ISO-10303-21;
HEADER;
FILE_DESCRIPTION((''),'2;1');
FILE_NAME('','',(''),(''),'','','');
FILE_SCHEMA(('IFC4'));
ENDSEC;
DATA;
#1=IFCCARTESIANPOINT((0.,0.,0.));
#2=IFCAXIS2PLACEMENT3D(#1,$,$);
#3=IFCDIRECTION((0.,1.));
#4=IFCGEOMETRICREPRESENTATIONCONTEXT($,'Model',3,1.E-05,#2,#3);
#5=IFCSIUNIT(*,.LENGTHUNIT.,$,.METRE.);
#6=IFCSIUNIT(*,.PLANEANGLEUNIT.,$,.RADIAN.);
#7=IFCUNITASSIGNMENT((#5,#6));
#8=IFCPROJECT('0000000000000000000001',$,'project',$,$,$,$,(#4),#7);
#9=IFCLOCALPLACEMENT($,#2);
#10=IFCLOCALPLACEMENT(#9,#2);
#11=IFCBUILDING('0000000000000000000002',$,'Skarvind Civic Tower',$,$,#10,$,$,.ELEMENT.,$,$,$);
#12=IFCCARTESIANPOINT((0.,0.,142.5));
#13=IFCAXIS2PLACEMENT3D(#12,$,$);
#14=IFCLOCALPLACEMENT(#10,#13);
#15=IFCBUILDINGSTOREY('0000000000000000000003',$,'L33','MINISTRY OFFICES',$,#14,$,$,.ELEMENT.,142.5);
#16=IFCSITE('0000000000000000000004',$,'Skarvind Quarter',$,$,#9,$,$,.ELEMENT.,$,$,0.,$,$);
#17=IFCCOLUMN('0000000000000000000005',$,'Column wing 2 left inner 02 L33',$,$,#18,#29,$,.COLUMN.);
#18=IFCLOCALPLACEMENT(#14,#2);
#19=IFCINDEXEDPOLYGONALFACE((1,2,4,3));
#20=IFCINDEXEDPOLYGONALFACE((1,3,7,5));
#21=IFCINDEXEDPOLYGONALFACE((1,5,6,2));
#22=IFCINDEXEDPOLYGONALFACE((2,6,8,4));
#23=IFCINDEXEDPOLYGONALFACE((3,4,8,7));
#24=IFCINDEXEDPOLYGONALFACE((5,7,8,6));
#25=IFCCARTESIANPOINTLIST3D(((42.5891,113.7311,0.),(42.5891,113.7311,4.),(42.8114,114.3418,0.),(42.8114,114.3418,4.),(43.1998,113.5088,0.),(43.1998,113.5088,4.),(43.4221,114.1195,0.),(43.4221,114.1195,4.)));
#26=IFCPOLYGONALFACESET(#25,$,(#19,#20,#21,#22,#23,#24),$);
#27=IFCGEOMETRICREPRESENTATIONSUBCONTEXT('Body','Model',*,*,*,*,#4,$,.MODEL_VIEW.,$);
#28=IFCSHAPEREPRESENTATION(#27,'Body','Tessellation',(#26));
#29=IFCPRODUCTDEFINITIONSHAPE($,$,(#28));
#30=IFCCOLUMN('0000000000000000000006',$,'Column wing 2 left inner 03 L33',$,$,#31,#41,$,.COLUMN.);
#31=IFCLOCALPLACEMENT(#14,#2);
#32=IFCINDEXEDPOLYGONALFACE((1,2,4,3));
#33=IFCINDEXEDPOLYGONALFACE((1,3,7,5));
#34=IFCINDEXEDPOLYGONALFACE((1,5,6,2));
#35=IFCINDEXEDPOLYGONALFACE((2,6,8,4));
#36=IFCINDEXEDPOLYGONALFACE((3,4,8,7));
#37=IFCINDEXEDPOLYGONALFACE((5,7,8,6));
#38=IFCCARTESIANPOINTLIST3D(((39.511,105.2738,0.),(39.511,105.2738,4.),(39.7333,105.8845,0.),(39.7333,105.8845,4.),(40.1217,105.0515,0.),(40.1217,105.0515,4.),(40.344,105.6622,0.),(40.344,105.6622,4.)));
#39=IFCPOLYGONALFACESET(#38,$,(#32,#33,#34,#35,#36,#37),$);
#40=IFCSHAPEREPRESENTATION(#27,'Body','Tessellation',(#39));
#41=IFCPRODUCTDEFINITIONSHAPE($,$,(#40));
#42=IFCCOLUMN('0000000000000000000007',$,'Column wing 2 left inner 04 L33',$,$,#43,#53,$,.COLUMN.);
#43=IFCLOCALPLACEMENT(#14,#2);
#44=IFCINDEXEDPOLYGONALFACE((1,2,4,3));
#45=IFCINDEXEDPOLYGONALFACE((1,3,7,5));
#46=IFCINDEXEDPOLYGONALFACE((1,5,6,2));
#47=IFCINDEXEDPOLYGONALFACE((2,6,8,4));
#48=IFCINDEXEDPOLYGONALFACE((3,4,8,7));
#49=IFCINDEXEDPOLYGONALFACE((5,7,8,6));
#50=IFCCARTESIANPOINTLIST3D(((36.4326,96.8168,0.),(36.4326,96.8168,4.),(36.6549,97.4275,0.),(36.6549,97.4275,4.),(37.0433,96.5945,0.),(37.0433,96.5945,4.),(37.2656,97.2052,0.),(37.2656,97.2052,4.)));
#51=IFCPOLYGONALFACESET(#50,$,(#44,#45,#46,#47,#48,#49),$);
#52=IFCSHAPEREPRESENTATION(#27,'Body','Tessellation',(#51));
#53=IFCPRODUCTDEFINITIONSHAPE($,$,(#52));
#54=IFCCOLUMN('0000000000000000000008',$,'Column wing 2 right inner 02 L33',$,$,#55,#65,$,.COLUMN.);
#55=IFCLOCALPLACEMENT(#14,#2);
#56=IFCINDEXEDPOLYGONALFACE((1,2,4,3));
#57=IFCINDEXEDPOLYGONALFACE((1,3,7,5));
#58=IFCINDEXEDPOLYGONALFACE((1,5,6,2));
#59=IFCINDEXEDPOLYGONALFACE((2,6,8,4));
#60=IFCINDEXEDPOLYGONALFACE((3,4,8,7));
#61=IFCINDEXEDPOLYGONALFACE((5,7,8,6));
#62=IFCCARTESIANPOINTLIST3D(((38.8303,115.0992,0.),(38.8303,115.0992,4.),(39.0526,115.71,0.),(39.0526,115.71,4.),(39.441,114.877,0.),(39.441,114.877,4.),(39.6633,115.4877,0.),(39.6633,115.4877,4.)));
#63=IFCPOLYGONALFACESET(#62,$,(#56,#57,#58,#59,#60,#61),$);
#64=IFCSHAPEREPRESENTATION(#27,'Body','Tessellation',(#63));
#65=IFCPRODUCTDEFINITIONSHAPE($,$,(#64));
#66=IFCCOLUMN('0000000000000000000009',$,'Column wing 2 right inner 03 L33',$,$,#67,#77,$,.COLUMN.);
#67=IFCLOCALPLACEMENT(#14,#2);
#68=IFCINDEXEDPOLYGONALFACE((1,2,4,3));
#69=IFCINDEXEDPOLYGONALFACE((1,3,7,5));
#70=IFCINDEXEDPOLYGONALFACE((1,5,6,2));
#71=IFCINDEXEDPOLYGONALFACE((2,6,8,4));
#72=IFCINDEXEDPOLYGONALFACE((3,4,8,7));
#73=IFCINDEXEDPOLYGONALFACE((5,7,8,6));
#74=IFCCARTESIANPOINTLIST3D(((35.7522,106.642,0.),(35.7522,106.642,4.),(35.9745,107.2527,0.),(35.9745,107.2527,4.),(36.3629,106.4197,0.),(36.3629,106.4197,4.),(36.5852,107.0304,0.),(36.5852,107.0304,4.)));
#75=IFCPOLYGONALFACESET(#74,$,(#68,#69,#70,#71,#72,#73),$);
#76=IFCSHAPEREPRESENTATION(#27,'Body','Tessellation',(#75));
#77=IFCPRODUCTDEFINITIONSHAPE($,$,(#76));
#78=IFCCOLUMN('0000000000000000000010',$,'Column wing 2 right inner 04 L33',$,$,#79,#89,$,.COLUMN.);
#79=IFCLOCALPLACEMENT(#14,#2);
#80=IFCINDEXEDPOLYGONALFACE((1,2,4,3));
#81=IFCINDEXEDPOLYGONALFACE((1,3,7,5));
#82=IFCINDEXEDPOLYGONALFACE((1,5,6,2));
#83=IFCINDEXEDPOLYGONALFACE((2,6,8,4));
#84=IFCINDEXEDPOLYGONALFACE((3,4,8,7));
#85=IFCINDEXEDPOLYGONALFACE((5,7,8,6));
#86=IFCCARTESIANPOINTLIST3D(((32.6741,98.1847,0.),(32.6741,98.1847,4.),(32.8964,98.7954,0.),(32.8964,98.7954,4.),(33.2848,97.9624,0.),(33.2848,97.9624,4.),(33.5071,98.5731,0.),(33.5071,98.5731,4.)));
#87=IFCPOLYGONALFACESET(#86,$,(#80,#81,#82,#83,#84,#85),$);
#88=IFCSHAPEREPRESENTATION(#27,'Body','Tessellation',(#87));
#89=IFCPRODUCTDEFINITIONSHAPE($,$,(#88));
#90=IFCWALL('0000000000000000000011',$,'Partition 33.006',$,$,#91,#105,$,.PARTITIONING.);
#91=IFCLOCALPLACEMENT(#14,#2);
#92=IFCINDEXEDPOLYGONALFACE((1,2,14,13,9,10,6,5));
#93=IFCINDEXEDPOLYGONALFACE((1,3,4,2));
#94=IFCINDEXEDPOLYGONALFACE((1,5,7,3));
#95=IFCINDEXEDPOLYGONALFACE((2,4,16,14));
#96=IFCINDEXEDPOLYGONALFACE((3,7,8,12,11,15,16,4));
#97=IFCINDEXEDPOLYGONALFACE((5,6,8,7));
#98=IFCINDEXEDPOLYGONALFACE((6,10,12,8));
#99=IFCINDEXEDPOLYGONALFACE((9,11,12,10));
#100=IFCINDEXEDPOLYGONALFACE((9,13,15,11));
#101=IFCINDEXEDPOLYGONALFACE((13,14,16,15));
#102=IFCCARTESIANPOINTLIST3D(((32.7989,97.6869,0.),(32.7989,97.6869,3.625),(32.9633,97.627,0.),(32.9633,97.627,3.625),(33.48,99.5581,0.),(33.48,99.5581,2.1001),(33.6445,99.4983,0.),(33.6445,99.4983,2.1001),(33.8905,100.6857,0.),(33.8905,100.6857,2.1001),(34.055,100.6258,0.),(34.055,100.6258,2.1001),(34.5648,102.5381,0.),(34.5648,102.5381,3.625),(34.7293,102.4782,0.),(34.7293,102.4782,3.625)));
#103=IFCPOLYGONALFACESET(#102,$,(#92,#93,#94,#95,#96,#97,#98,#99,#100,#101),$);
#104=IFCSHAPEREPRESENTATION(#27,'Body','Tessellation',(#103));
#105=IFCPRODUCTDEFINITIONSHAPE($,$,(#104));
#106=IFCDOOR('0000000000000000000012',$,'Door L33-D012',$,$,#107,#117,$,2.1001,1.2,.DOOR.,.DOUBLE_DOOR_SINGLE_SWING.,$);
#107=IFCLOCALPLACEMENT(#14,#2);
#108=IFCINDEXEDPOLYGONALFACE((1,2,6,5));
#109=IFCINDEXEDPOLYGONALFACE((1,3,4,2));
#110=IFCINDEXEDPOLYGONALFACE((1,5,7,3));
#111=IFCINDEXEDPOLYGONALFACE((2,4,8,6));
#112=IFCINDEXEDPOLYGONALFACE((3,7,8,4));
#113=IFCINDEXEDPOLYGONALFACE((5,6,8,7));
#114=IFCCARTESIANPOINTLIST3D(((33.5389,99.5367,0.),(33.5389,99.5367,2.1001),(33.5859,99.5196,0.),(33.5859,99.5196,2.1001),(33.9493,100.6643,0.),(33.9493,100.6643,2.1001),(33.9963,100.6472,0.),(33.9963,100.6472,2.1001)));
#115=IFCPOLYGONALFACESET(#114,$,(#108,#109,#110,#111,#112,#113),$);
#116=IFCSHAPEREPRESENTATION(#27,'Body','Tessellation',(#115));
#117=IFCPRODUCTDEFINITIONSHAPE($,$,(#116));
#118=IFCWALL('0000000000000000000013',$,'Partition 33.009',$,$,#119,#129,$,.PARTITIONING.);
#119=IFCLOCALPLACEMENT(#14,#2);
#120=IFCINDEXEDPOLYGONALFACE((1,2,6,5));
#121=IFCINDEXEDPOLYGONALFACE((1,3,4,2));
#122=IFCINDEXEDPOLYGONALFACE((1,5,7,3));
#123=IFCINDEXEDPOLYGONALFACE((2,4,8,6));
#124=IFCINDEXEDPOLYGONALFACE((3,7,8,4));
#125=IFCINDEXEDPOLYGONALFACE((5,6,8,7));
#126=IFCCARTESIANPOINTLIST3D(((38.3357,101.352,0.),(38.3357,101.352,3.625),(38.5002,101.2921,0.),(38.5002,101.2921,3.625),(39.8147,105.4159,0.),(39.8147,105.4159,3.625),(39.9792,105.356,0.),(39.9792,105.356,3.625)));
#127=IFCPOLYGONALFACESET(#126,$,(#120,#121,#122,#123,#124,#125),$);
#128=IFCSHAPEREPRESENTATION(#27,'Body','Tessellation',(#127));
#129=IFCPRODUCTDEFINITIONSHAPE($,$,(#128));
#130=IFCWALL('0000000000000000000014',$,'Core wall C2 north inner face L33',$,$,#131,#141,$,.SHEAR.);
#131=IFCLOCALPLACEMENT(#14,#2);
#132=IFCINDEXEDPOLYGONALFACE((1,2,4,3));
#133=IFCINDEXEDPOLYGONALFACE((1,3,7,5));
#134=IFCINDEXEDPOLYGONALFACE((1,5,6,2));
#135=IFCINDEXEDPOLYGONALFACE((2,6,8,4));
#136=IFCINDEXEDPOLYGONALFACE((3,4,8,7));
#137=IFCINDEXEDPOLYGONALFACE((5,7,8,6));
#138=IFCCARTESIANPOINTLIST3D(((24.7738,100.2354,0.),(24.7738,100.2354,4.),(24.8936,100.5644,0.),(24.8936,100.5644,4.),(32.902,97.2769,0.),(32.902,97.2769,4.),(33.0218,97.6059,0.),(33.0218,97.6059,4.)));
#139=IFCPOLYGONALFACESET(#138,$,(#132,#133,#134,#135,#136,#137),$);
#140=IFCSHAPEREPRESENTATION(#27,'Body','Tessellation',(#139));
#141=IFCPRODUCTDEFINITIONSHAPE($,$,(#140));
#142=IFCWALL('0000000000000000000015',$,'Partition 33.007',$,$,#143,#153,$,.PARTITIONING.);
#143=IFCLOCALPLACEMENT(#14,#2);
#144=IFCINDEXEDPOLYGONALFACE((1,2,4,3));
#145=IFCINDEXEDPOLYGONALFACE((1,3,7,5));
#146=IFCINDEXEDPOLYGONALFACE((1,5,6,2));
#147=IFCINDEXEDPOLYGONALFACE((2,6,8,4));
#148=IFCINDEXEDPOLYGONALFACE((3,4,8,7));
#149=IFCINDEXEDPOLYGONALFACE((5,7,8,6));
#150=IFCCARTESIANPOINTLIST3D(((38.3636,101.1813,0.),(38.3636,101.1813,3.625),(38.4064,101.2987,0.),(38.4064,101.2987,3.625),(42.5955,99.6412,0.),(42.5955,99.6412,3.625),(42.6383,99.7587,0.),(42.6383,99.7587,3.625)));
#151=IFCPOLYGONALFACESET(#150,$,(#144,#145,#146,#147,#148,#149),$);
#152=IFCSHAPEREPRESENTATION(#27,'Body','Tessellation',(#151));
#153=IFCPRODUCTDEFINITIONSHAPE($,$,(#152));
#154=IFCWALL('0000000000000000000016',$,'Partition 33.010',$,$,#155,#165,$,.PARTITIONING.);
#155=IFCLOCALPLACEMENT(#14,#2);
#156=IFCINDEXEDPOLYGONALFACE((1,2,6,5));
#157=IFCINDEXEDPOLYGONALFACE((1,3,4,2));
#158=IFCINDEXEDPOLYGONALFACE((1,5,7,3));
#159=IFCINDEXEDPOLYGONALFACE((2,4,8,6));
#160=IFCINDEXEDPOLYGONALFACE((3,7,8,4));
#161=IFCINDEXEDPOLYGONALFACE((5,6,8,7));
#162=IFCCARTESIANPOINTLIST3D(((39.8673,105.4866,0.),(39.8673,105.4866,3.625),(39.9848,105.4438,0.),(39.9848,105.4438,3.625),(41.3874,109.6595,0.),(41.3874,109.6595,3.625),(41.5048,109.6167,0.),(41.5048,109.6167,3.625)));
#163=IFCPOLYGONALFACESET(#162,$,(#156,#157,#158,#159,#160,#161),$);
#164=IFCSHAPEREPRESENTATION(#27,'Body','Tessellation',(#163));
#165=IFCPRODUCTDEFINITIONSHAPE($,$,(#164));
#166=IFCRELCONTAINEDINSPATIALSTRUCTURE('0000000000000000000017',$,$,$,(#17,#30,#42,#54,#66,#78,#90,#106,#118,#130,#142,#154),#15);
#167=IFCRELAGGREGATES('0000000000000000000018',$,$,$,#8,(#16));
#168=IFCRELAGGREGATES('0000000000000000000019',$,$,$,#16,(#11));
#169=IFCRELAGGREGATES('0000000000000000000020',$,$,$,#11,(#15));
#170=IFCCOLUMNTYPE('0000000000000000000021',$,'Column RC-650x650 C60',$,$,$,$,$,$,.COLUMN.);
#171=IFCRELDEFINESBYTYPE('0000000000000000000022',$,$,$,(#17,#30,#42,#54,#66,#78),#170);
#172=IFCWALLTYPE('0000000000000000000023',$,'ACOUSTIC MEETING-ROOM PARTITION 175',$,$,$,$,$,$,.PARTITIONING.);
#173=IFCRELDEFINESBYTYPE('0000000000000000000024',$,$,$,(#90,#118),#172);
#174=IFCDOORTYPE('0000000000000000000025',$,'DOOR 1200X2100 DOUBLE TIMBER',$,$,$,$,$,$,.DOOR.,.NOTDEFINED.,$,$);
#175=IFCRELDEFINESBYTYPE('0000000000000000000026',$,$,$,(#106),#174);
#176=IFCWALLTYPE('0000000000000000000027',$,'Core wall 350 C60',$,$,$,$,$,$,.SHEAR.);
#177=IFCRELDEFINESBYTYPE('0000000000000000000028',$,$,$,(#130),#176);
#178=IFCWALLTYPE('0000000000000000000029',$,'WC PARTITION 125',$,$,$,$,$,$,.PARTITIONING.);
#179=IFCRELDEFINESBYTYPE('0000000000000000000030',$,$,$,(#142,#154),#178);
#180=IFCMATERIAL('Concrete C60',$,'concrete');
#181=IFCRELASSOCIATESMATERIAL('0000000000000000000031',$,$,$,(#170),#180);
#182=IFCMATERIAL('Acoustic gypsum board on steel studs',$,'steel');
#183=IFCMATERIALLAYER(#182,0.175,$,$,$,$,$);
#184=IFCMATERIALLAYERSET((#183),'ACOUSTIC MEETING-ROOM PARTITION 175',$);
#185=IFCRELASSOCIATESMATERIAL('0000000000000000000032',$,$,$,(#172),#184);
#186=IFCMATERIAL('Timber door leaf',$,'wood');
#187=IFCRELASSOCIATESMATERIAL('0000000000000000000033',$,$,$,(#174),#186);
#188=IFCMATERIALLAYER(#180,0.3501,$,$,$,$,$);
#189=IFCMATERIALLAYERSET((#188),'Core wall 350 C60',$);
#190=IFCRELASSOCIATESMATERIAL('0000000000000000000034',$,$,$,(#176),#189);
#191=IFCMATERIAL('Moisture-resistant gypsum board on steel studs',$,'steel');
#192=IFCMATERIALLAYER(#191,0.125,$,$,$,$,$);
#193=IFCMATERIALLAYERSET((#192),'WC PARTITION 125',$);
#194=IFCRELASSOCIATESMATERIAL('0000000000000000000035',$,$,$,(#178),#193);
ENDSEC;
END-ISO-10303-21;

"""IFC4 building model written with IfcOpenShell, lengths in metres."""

from ifc_helpers import new_model, si_unit, direction, frame, frame_2d, origin, origin_2d, place, context, subcontext, project, spatial, rectangle, extrude, material, layer, layer_set, material_profile, profile_set, type_object, element, fill, save


model = new_model("IFC4")

# Units and contexts
model_context = context("Model", 3, precision=1e-05, world=origin(), true_north=direction((0.0, 1.0)))
body_context = subcontext(model_context, "Body", "Model", "MODEL_VIEW")
ifc_project = project(units=[si_unit("LENGTHUNIT", "METRE"), si_unit("PLANEANGLEUNIT", "RADIAN")], contexts=[model_context])

# Site, building, storey
site_placement = place(None, origin())
site = spatial("IfcSite", under=ifc_project, at=site_placement, Name="Skarvind Quarter", CompositionType="ELEMENT", RefElevation=0.0)
building_placement = place(site_placement, origin())
building = spatial("IfcBuilding", under=site, at=building_placement, Name="Skarvind Civic Tower", CompositionType="ELEMENT")
storey_placement = place(building_placement, frame((0.0, 0.0, 142.5)))
storey = spatial("IfcBuildingStorey", under=building, at=storey_placement, Name="L33", Description="MINISTRY OFFICES", CompositionType="ELEMENT", Elevation=142.5)

# Columns
ifc_material_1 = material(Name="Concrete C60", Category="concrete")
ifc_material_profile = material_profile(ifc_material_1, rectangle(XDim=0.6499, YDim=0.6499, at=origin_2d()), Name="RC-650x650")
ifc_profile_set = profile_set([ifc_material_profile], Name="Concrete C60")
column_type = type_object("IfcColumnType", Name="Column RC-650x650 C60", PredefinedType="COLUMN", material=ifc_profile_set)
for number, where, z_axis, x_axis, name in (
    (1, (43.0056, 113.9253, 0.0), (0.0, 0.0, 1.0), (-0.34202, -0.939693, 0.0), "Column wing 2 left inner 02 L33"),
    (2, (39.9275, 105.468, 0.0), (0.0, 0.0, 1.0), (-0.34202, -0.939693, 0.0), "Column wing 2 left inner 03 L33"),
    (3, (36.8491, 97.011, 0.0), (0.0, 0.0, 1.0), (-0.34202, -0.939693, 0.0), "Column wing 2 left inner 04 L33"),
    (4, (39.2468, 115.2935, 0.0), (0.0, 0.0, 1.0), (-0.34202, -0.939693, 0.0), "Column wing 2 right inner 02 L33"),
    (5, (36.1687, 106.8362, 0.0), (0.0, 0.0, 1.0), (-0.34202, -0.939693, 0.0), "Column wing 2 right inner 03 L33"),
    (6, (33.0906, 98.3789, 0.0), (0.0, 0.0, 1.0), (-0.34202, -0.939693, 0.0), "Column wing 2 right inner 04 L33"),
):
    element("IfcColumn", number, at=place(storey_placement, frame(where, z_axis=z_axis, x_axis=x_axis)), inside=storey, type_object=column_type, Name=name, PredefinedType="COLUMN", context=body_context, shape_type="SweptSolid", body=[
        extrude(rectangle(XDim=0.6499, YDim=0.6499, at=origin_2d()), origin(), (0.0, 0.0, 1.0), 4.0),
    ])

# Wall, opening, door
ifc_material_2 = material(Name="Acoustic gypsum board on steel studs", Category="steel")
ifc_layer_1 = layer(ifc_material_2, 0.175)
ifc_layer_set_1 = layer_set([ifc_layer_1], Name="ACOUSTIC MEETING-ROOM PARTITION 175")
wall_type_1 = type_object("IfcWallType", Name="ACOUSTIC MEETING-ROOM PARTITION 175", PredefinedType="PARTITIONING", material=ifc_layer_set_1)
wall_1_placement = place(storey_placement, frame((32.8811, 97.657, 0.0), z_axis=(0.0, 0.0, 1.0), x_axis=(0.342058, 0.939679, 0.0)))
wall_1 = element("IfcWall", 7, at=wall_1_placement, inside=storey, type_object=wall_type_1, Name="Partition 33.006", PredefinedType="PARTITIONING", context=body_context, shape_type="SweptSolid", body=[
    extrude(rectangle(XDim=5.1626, YDim=0.175, at=frame_2d((2.5813, 0.0))), origin(), (0.0, 0.0, 1.0), 3.625),
])
opening_1_placement = place(wall_1_placement, frame((1.9912, 0.0, 0.0)))
opening_1 = element("IfcOpeningElement", 8, at=opening_1_placement, cuts=wall_1, PredefinedType="OPENING", context=body_context, shape_type="SweptSolid", body=[
    extrude(rectangle(XDim=1.2, YDim=2.1001, at=frame_2d((0.6001, 1.05))), frame((0.0, 0.0974, 0.0), z_axis=(0.0, -1.0, 0.0), x_axis=(1.0, 0.0, 0.0)), (0.0, 0.0, 1.0), 0.1951),
])
ifc_material_3 = material(Name="Timber door leaf", Category="wood")
door_type_1 = type_object("IfcDoorType", Name="DOOR 1200X2100 DOUBLE TIMBER", OperationType="NOTDEFINED", PredefinedType="DOOR", material=ifc_material_3)
door_1_placement = place(opening_1_placement, origin())
door_1 = element("IfcDoor", 9, at=door_1_placement, inside=storey, type_object=door_type_1, Name="Door L33-D012", OperationType="DOUBLE_DOOR_SINGLE_SWING", OverallHeight=2.1001, OverallWidth=1.2, PredefinedType="DOOR", context=body_context, shape_type="SweptSolid", body=[
    extrude(rectangle(XDim=1.2, YDim=2.1001, at=frame_2d((0.6001, 1.05))), frame((0.0, 0.0249, 0.0), z_axis=(0.0, -1.0, 0.0), x_axis=(1.0, 0.0, 0.0)), (0.0, 0.0, 1.0), 0.05),
])
fill(opening_1, door_1)

# Walls
wall_2_placement = place(storey_placement, frame((38.418, 101.322, 0.0), z_axis=(0.0, 0.0, 1.0), x_axis=(0.341988, 0.939704, 0.0)))
element("IfcWall", 10, at=wall_2_placement, inside=storey, type_object=wall_type_1, Name="Partition 33.009", PredefinedType="PARTITIONING", context=body_context, shape_type="SweptSolid", body=[
    extrude(rectangle(XDim=4.3247, YDim=0.175, at=frame_2d((2.1624, 0.0))), origin(), (0.0, 0.0, 1.0), 3.625),
])
ifc_layer_2 = layer(ifc_material_1, 0.3501)
ifc_layer_set_2 = layer_set([ifc_layer_2], Name="Core wall 350 C60")
wall_type_2 = type_object("IfcWallType", Name="Core wall 350 C60", PredefinedType="SHEAR", material=ifc_layer_set_2)
wall_3_placement = place(storey_placement, frame((32.9619, 97.4414, 0.0), z_axis=(0.0, 0.0, 1.0), x_axis=(-0.93969, 0.342029, 0.0)))
element("IfcWall", 11, at=wall_3_placement, inside=storey, type_object=wall_type_2, Name="Core wall C2 north inner face L33", PredefinedType="SHEAR", context=body_context, shape_type="SweptSolid", body=[
    extrude(rectangle(XDim=8.6499, YDim=0.3501, at=frame_2d((4.325, 0.0))), origin(), (0.0, 0.0, 1.0), 4.0),
])
ifc_material_4 = material(Name="Moisture-resistant gypsum board on steel studs", Category="steel")
ifc_layer_3 = layer(ifc_material_4, 0.125)
ifc_layer_set_3 = layer_set([ifc_layer_3], Name="WC PARTITION 125")
wall_type_3 = type_object("IfcWallType", Name="WC PARTITION 125", PredefinedType="PARTITIONING", material=ifc_layer_set_3)
wall_4_placement = place(storey_placement, frame((38.385, 101.24, 0.0), z_axis=(0.0, 0.0, 1.0), x_axis=(0.939711, -0.341969, 0.0)))
element("IfcWall", 12, at=wall_4_placement, inside=storey, type_object=wall_type_3, Name="Partition 33.007", PredefinedType="PARTITIONING", context=body_context, shape_type="SweptSolid", body=[
    extrude(rectangle(XDim=4.5034, YDim=0.125, at=frame_2d((2.2517, 0.0))), origin(), (0.0, 0.0, 1.0), 3.625),
])
wall_5_placement = place(storey_placement, frame((39.926, 105.4651, 0.0), z_axis=(0.0, 0.0, 1.0), x_axis=(0.342264, 0.939604, 0.0)))
element("IfcWall", 13, at=wall_5_placement, inside=storey, type_object=wall_type_3, Name="Partition 33.010", PredefinedType="PARTITIONING", context=body_context, shape_type="SweptSolid", body=[
    extrude(rectangle(XDim=4.4412, YDim=0.125, at=frame_2d((2.2207, 0.0))), origin(), (0.0, 0.0, 1.0), 3.625),
])

save(model, "model.ifc")
